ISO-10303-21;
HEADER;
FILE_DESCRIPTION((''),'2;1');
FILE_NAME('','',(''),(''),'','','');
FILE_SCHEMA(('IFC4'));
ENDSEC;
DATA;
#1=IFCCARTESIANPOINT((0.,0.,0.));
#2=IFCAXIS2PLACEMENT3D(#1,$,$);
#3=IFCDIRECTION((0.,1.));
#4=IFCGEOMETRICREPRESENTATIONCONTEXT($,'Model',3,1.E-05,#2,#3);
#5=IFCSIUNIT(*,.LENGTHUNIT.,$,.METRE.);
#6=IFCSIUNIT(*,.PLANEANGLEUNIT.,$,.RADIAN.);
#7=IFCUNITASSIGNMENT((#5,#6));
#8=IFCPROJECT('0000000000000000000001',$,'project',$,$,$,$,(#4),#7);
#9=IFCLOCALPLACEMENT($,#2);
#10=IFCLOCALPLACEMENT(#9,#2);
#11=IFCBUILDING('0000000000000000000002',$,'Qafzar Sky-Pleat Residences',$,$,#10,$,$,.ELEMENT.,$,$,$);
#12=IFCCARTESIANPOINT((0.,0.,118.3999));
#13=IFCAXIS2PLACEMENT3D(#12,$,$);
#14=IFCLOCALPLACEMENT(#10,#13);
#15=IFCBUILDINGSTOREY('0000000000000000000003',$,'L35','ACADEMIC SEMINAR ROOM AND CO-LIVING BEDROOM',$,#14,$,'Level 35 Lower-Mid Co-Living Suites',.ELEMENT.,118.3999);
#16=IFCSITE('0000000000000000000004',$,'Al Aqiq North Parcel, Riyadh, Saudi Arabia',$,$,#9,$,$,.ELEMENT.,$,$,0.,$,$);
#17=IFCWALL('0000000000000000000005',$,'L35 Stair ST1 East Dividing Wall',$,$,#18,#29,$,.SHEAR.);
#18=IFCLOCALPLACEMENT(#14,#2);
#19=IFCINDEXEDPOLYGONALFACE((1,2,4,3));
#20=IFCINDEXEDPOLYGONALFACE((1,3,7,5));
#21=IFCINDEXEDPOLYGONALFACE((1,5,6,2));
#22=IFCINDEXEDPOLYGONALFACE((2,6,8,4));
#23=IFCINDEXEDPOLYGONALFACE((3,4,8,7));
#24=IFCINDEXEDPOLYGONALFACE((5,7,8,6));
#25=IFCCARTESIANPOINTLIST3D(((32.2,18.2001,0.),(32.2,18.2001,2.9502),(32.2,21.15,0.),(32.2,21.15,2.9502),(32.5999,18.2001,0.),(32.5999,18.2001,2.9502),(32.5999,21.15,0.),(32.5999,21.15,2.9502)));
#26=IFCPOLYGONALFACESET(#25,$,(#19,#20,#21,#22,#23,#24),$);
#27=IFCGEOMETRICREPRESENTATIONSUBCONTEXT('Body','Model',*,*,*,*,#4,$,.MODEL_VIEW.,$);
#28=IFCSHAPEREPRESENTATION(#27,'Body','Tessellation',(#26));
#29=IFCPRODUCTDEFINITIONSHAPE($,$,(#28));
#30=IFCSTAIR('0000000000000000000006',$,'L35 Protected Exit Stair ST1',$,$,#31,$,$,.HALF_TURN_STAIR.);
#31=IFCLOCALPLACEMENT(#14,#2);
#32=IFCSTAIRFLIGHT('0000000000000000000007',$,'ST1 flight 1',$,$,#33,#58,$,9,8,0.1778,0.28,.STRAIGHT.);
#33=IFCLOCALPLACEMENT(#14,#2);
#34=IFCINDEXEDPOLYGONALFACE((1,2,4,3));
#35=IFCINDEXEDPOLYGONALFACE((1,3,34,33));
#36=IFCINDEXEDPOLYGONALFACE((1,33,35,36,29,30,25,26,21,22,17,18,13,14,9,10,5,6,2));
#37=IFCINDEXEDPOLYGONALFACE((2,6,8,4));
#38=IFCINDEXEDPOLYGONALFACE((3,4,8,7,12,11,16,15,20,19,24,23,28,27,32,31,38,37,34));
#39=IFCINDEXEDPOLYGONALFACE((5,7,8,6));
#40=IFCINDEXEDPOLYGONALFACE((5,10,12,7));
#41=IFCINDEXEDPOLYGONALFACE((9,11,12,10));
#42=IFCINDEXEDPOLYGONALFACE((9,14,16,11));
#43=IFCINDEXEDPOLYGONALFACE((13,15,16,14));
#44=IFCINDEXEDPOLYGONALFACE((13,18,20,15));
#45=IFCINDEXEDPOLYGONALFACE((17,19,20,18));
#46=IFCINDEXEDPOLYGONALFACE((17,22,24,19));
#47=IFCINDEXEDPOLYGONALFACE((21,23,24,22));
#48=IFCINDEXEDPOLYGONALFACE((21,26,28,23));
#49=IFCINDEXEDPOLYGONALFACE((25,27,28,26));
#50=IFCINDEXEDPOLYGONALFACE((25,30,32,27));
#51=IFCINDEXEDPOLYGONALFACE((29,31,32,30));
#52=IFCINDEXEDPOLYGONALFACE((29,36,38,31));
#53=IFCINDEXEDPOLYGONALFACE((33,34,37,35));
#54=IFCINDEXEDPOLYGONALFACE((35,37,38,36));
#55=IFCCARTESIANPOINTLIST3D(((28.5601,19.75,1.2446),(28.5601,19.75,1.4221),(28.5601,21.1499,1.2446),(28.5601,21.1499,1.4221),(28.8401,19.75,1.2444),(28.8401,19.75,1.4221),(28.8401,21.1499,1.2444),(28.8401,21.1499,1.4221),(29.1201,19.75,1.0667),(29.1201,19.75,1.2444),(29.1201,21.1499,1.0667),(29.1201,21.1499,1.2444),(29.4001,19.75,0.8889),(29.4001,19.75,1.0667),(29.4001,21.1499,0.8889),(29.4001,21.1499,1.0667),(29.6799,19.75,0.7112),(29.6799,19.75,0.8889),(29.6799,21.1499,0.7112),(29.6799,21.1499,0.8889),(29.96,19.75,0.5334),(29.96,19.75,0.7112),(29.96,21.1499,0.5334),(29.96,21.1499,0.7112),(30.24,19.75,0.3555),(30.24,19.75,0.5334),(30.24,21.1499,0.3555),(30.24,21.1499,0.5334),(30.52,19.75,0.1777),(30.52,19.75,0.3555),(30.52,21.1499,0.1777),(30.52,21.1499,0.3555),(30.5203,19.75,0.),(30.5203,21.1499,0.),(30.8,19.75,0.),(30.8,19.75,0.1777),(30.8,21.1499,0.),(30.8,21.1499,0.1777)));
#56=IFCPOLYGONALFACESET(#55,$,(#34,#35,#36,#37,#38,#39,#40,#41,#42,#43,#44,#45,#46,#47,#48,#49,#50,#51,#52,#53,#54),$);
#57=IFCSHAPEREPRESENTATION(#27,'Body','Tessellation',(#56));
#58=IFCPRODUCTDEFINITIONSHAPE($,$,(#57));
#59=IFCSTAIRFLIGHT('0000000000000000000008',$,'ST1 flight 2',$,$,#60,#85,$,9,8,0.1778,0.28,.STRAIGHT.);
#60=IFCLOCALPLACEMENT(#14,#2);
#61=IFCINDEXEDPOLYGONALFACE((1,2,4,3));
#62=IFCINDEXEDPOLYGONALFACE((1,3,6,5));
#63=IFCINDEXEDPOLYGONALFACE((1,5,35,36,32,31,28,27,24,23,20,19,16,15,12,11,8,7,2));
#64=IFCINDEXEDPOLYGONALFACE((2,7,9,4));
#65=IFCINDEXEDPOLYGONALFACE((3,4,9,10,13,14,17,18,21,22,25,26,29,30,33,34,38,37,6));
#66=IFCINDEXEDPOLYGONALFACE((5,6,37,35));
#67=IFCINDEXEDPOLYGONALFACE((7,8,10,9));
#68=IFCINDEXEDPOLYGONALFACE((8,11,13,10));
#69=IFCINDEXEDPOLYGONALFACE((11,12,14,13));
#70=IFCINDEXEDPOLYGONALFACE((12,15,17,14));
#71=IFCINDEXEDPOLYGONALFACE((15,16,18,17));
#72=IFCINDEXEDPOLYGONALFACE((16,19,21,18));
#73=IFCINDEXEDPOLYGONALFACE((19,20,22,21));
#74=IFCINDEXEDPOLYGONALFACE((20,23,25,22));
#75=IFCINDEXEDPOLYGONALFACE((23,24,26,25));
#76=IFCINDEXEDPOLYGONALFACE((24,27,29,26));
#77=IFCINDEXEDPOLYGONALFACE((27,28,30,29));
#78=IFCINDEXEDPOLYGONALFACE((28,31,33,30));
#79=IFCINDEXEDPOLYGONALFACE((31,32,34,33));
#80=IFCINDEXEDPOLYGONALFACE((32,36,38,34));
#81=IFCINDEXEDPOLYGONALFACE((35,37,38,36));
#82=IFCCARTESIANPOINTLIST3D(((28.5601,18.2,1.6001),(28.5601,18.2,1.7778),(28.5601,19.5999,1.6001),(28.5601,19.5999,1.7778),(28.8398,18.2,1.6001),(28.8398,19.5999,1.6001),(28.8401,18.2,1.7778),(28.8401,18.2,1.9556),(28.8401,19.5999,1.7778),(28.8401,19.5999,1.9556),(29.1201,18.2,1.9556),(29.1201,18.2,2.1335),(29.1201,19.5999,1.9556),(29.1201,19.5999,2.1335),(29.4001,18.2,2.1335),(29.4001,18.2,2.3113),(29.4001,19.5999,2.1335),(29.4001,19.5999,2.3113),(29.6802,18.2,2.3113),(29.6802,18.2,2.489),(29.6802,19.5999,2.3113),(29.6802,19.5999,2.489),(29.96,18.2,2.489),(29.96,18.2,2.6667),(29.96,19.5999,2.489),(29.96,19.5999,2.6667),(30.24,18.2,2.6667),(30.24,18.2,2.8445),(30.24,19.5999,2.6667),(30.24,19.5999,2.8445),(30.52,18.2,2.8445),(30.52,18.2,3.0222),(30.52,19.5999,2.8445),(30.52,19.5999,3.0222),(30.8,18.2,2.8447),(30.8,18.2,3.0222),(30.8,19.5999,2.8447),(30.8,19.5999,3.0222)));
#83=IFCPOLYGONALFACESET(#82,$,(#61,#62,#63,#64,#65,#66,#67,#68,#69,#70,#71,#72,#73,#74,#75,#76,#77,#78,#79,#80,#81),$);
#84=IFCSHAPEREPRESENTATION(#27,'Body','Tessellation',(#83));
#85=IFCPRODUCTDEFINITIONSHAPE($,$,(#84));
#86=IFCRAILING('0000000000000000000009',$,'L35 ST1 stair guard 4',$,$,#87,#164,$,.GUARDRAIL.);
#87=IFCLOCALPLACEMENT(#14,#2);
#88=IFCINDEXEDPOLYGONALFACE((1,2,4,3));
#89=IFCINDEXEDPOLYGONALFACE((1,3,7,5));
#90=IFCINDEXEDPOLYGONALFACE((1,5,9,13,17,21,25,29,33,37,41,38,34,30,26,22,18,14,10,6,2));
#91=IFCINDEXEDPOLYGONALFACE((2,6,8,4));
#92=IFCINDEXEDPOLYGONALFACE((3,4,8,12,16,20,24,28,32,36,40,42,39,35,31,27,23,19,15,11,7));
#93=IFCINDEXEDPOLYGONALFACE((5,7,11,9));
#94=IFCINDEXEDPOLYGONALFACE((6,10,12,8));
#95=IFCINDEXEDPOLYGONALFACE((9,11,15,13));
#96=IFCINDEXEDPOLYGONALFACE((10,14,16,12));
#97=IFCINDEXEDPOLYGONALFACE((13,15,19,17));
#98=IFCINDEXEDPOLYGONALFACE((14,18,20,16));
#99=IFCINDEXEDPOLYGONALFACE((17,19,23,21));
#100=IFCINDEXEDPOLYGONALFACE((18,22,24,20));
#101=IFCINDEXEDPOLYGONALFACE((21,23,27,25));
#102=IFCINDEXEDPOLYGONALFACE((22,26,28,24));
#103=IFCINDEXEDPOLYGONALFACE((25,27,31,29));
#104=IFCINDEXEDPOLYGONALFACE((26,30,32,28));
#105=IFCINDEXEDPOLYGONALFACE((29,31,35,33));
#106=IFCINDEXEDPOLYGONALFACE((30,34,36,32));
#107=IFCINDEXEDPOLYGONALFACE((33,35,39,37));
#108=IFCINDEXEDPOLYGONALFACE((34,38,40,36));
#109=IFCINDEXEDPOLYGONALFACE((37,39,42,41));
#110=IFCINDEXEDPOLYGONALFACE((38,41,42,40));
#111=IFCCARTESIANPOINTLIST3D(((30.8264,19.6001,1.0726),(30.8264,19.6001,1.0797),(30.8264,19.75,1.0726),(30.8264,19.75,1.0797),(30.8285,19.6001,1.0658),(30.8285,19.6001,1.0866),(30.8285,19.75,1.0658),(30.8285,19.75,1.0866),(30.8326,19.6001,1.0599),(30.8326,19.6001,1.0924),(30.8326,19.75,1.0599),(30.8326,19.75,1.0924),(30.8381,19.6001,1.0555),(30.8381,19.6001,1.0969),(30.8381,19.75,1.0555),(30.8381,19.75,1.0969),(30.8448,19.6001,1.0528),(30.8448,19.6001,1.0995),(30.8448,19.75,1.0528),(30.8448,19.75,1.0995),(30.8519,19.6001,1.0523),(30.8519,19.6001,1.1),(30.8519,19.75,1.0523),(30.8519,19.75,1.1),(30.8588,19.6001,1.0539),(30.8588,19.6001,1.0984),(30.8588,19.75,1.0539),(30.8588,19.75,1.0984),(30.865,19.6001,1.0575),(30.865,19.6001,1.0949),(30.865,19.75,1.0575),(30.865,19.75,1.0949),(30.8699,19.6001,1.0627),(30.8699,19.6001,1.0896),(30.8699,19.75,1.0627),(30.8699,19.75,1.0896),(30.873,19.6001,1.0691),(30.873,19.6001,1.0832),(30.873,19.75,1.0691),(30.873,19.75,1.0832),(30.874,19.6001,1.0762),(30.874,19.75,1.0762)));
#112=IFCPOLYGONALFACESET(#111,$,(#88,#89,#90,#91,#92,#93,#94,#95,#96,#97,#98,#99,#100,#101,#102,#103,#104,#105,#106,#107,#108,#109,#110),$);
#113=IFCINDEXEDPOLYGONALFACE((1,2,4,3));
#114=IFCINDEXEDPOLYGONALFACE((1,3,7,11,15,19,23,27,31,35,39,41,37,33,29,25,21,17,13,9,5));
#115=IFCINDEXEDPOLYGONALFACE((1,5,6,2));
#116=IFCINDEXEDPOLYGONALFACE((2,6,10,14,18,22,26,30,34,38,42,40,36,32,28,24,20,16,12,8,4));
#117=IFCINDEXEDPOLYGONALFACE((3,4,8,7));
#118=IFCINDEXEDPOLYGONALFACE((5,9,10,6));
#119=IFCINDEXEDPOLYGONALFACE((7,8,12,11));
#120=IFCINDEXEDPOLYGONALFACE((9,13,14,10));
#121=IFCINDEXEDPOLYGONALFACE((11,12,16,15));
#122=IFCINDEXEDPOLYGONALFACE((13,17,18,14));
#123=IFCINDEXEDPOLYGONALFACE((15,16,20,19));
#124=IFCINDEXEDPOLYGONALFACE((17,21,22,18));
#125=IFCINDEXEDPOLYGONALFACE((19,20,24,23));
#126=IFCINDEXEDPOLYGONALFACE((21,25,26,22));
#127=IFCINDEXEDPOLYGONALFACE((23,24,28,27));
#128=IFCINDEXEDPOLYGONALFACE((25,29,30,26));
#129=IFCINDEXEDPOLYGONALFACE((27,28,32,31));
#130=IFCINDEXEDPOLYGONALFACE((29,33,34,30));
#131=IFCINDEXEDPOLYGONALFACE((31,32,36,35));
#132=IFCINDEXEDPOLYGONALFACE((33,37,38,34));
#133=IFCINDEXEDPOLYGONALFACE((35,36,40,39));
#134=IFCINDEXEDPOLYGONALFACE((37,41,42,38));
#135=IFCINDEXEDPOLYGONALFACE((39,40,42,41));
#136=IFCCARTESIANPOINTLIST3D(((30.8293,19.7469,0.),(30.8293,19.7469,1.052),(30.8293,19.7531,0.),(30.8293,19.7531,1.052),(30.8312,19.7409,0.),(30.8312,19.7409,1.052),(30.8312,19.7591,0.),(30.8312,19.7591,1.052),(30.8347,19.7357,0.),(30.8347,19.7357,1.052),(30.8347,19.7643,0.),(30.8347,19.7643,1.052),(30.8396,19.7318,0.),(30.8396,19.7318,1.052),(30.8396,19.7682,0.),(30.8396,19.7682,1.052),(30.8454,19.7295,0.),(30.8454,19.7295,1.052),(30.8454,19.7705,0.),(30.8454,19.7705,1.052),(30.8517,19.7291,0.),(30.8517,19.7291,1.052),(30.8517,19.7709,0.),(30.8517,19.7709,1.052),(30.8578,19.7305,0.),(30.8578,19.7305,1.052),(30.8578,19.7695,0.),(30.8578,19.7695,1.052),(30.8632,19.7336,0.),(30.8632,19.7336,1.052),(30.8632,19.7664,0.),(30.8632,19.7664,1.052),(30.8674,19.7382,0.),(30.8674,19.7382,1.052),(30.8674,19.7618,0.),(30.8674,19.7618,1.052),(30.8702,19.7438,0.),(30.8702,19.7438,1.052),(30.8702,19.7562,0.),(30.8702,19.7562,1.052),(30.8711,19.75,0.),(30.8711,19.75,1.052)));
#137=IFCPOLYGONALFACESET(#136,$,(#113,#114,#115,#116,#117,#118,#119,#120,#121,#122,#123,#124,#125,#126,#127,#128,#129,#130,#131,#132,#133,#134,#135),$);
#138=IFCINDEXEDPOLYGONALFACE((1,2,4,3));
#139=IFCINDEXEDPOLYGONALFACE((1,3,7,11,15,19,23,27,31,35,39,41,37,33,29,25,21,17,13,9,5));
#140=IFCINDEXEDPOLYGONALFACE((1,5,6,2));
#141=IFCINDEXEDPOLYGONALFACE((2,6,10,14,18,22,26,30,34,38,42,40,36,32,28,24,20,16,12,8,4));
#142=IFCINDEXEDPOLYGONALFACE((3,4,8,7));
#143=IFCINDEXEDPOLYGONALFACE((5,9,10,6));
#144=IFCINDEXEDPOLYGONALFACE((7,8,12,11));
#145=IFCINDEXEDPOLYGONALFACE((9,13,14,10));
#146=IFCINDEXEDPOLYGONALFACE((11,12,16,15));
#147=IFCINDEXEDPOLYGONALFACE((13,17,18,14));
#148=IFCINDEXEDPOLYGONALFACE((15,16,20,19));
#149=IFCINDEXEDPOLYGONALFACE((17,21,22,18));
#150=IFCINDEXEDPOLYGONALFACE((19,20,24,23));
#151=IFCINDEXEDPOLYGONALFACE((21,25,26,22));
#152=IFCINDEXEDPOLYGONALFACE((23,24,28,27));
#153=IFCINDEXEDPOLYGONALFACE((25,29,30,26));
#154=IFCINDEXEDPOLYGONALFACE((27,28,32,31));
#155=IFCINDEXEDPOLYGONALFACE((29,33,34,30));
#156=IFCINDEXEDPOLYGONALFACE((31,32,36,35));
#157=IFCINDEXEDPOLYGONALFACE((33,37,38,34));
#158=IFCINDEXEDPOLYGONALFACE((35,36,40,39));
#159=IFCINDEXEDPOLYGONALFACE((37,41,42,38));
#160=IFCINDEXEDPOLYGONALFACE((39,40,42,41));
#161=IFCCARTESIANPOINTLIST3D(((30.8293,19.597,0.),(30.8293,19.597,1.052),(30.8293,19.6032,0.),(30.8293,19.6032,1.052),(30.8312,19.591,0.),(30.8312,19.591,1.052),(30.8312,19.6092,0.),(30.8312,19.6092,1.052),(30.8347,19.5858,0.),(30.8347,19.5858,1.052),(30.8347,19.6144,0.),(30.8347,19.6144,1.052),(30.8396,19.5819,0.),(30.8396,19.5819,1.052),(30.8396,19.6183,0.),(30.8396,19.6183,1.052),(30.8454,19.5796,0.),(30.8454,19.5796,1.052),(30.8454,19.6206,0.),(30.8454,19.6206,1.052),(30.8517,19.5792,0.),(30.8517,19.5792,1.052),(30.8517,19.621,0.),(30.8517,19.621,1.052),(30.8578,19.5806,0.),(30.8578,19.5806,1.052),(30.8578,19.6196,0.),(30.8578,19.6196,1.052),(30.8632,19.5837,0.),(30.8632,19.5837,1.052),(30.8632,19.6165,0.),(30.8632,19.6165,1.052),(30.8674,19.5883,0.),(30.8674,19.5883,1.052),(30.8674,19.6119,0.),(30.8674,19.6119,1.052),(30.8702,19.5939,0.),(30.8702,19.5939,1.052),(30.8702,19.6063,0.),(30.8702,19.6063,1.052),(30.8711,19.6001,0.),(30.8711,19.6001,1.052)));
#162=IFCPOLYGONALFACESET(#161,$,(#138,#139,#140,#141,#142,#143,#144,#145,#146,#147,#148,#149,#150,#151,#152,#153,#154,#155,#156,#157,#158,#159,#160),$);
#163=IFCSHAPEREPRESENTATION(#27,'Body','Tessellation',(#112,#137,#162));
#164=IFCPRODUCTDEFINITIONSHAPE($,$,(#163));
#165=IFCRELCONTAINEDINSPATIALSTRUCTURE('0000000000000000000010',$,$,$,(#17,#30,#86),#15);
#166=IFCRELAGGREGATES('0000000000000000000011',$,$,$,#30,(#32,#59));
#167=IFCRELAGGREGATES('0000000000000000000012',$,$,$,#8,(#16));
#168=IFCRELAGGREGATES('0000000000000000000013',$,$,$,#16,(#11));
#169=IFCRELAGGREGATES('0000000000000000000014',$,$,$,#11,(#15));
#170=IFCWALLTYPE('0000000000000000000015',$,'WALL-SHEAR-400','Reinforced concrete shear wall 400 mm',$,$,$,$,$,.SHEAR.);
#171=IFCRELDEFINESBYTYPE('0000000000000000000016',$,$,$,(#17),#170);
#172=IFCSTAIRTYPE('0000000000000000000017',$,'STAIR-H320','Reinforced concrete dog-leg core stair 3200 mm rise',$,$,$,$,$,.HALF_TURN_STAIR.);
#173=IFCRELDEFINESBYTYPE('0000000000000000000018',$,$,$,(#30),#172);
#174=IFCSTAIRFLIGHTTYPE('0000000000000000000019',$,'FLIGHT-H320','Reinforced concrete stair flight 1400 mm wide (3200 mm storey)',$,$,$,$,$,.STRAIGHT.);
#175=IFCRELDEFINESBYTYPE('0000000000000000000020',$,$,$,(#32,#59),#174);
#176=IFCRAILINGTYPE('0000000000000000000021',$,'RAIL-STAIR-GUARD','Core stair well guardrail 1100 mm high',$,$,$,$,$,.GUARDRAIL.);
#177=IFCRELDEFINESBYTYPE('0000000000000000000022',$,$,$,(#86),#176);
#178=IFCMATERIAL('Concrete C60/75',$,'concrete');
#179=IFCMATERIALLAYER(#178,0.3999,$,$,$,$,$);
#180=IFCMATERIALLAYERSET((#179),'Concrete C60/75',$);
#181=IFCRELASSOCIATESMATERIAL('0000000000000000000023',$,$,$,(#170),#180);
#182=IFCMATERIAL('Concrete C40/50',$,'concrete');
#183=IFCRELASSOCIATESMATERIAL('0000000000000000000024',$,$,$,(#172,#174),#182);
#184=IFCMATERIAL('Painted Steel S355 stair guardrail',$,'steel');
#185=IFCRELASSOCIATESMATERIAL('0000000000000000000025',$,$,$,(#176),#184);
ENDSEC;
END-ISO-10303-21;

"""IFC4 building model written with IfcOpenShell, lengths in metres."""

from ifc_helpers import new_model, si_unit, direction, frame, frame_2d, origin, origin_2d, place, context, subcontext, project, spatial, polyline, rectangle, circle, outline, extrude, source, transform, mapped, material, layer, layer_set, type_object, element, aggregate, save


model = new_model("IFC4")

# Units and contexts
model_context = context("Model", 3, precision=1e-05, world=origin(), true_north=direction((0.0, 1.0)))
body_context = subcontext(model_context, "Body", "Model", "MODEL_VIEW")
ifc_project = project(units=[si_unit("LENGTHUNIT", "METRE"), si_unit("PLANEANGLEUNIT", "RADIAN")], contexts=[model_context])

# Site, building, storey
site_placement = place(None, origin())
site = spatial("IfcSite", under=ifc_project, at=site_placement, Name="Al Aqiq North Parcel, Riyadh, Saudi Arabia", CompositionType="ELEMENT", RefElevation=0.0)
building_placement = place(site_placement, origin())
building = spatial("IfcBuilding", under=site, at=building_placement, Name="Qafzar Sky-Pleat Residences", CompositionType="ELEMENT")
storey_placement = place(building_placement, frame((0.0, 0.0, 118.3999)))
storey = spatial("IfcBuildingStorey", under=building, at=storey_placement, Name="L35", Description="ACADEMIC SEMINAR ROOM AND CO-LIVING BEDROOM", LongName="Level 35 Lower-Mid Co-Living Suites", CompositionType="ELEMENT", Elevation=118.3999)

# Wall
ifc_material_1 = material(Name="Concrete C60/75", Category="concrete")
ifc_layer_1 = layer(ifc_material_1, 0.3999)
ifc_layer_set_1 = layer_set([ifc_layer_1], Name="Concrete C60/75")
wall_type_1 = type_object("IfcWallType", Name="WALL-SHEAR-400", Description="Reinforced concrete shear wall 400 mm", PredefinedType="SHEAR", material=ifc_layer_set_1)
wall_1_placement = place(storey_placement, frame((32.3999, 18.2, 0.0), z_axis=(0.0, 0.0, 1.0), x_axis=(0.0, 1.0, 0.0)))
element("IfcWall", 1, at=wall_1_placement, inside=storey, type_object=wall_type_1, Name="L35 Stair ST1 East Dividing Wall", PredefinedType="SHEAR", context=body_context, shape_type="SweptSolid", body=[
    extrude(rectangle(XDim=2.95, YDim=0.3999, at=frame_2d((1.4751, 0.0))), origin(), (0.0, 0.0, 1.0), 2.9502),
])

# Stair, stair flights
ifc_material_2 = material(Name="Concrete C40/50", Category="concrete")
stair_type = type_object("IfcStairType", Name="STAIR-H320", Description="Reinforced concrete dog-leg core stair 3200 mm rise", PredefinedType="HALF_TURN_STAIR", material=ifc_material_2)
stair_placement = place(storey_placement, origin())
stair = element("IfcStair", 2, at=stair_placement, inside=storey, type_object=stair_type, Name="L35 Protected Exit Stair ST1", PredefinedType="HALF_TURN_STAIR")
stair_flight_type = type_object("IfcStairFlightType", Name="FLIGHT-H320", Description="Reinforced concrete stair flight 1400 mm wide (3200 mm storey)", PredefinedType="STRAIGHT", material=ifc_material_2)
shared_shape_1 = source(origin(), body_context, "Body", "SweptSolid", [
    extrude(outline(polyline([(0.0, 0.0), (0.0, 0.1777), (0.28, 0.1777), (0.28, 0.3555), (0.5601, 0.3555), (0.5601, 0.5334), (0.8401, 0.5334), (0.8401, 0.7112), (1.1201, 0.7112), (1.1201, 0.8889), (1.3999, 0.8889), (1.3999, 1.0667), (1.6799, 1.0667), (1.6799, 1.2444), (1.96, 1.2444), (1.96, 1.4221), (2.24, 1.4221), (2.24, 1.6001), (2.24, 1.2446), (0.2798, 0.0), (0.0, 0.0)])), frame((0.0, 0.7, 0.0), z_axis=(0.0, -1.0, 0.0), x_axis=(1.0, 0.0, 0.0)), (0.0, 0.0, 1.0), 1.3999),
])
stair_flight_1_placement = place(storey_placement, frame((30.8, 20.45, 0.0), z_axis=(0.0, 0.0, 1.0), x_axis=(-1.0, 0.0, 0.0)))
stair_flight_1 = element("IfcStairFlight", 3, at=stair_flight_1_placement, type_object=stair_flight_type, Name="ST1 flight 1", NumberOfRisers=9, NumberOfTreads=8, PredefinedType="STRAIGHT", RiserHeight=0.1778, TreadLength=0.28, context=body_context, shape_type="MappedRepresentation", body=[
    mapped(shared_shape_1, transform((0.0, 0.0, 0.0), x_axis=(1.0, 0.0, 0.0), y_axis=(0.0, 1.0, 0.0), z_axis=(0.0, 0.0, 1.0), scale=1.0)),
])
stair_flight_2_placement = place(storey_placement, frame((28.5601, 18.8999, 1.6001), z_axis=(0.0, 0.0, 1.0), x_axis=(1.0, 0.0, 0.0)))
stair_flight_2 = element("IfcStairFlight", 4, at=stair_flight_2_placement, type_object=stair_flight_type, Name="ST1 flight 2", NumberOfRisers=9, NumberOfTreads=8, PredefinedType="STRAIGHT", RiserHeight=0.1778, TreadLength=0.28, context=body_context, shape_type="MappedRepresentation", body=[
    mapped(shared_shape_1, transform((0.0, 0.0, 0.0), x_axis=(1.0, 0.0, 0.0), y_axis=(0.0, 1.0, 0.0), z_axis=(0.0, 0.0, 1.0), scale=1.0)),
])
aggregate(stair, [stair_flight_1, stair_flight_2])

# Railing
ifc_material_3 = material(Name="Painted Steel S355 stair guardrail", Category="steel")
railing_type_1 = type_object("IfcRailingType", Name="RAIL-STAIR-GUARD", Description="Core stair well guardrail 1100 mm high", PredefinedType="GUARDRAIL", material=ifc_material_3)
shared_shape_2 = source(origin(), body_context, "Body", "SweptSolid", [
    extrude(circle(Radius=0.0239, at=origin_2d()), frame((0.0, 0.0, 1.0762), z_axis=(0.0, -1.0, 0.0), x_axis=(1.0, 0.0, 0.0)), (0.0, 0.0, 1.0), 0.1499),
    extrude(circle(Radius=0.021, at=origin_2d()), origin(), (0.0, 0.0, 1.0), 1.052),
    extrude(circle(Radius=0.021, at=origin_2d()), frame((0.0, -0.1499, 0.0)), (0.0, 0.0, 1.0), 1.052),
])
railing_1_placement = place(storey_placement, frame((30.8501, 19.75, 0.0)))
element("IfcRailing", 5, at=railing_1_placement, inside=storey, type_object=railing_type_1, Name="L35 ST1 stair guard 4", PredefinedType="GUARDRAIL", context=body_context, shape_type="MappedRepresentation", body=[
    mapped(shared_shape_2, transform((0.0, 0.0, 0.0), x_axis=(1.0, 0.0, 0.0), y_axis=(0.0, 1.0, 0.0), z_axis=(0.0, 0.0, 1.0), scale=1.0)),
])

save(model, "model.ifc")
